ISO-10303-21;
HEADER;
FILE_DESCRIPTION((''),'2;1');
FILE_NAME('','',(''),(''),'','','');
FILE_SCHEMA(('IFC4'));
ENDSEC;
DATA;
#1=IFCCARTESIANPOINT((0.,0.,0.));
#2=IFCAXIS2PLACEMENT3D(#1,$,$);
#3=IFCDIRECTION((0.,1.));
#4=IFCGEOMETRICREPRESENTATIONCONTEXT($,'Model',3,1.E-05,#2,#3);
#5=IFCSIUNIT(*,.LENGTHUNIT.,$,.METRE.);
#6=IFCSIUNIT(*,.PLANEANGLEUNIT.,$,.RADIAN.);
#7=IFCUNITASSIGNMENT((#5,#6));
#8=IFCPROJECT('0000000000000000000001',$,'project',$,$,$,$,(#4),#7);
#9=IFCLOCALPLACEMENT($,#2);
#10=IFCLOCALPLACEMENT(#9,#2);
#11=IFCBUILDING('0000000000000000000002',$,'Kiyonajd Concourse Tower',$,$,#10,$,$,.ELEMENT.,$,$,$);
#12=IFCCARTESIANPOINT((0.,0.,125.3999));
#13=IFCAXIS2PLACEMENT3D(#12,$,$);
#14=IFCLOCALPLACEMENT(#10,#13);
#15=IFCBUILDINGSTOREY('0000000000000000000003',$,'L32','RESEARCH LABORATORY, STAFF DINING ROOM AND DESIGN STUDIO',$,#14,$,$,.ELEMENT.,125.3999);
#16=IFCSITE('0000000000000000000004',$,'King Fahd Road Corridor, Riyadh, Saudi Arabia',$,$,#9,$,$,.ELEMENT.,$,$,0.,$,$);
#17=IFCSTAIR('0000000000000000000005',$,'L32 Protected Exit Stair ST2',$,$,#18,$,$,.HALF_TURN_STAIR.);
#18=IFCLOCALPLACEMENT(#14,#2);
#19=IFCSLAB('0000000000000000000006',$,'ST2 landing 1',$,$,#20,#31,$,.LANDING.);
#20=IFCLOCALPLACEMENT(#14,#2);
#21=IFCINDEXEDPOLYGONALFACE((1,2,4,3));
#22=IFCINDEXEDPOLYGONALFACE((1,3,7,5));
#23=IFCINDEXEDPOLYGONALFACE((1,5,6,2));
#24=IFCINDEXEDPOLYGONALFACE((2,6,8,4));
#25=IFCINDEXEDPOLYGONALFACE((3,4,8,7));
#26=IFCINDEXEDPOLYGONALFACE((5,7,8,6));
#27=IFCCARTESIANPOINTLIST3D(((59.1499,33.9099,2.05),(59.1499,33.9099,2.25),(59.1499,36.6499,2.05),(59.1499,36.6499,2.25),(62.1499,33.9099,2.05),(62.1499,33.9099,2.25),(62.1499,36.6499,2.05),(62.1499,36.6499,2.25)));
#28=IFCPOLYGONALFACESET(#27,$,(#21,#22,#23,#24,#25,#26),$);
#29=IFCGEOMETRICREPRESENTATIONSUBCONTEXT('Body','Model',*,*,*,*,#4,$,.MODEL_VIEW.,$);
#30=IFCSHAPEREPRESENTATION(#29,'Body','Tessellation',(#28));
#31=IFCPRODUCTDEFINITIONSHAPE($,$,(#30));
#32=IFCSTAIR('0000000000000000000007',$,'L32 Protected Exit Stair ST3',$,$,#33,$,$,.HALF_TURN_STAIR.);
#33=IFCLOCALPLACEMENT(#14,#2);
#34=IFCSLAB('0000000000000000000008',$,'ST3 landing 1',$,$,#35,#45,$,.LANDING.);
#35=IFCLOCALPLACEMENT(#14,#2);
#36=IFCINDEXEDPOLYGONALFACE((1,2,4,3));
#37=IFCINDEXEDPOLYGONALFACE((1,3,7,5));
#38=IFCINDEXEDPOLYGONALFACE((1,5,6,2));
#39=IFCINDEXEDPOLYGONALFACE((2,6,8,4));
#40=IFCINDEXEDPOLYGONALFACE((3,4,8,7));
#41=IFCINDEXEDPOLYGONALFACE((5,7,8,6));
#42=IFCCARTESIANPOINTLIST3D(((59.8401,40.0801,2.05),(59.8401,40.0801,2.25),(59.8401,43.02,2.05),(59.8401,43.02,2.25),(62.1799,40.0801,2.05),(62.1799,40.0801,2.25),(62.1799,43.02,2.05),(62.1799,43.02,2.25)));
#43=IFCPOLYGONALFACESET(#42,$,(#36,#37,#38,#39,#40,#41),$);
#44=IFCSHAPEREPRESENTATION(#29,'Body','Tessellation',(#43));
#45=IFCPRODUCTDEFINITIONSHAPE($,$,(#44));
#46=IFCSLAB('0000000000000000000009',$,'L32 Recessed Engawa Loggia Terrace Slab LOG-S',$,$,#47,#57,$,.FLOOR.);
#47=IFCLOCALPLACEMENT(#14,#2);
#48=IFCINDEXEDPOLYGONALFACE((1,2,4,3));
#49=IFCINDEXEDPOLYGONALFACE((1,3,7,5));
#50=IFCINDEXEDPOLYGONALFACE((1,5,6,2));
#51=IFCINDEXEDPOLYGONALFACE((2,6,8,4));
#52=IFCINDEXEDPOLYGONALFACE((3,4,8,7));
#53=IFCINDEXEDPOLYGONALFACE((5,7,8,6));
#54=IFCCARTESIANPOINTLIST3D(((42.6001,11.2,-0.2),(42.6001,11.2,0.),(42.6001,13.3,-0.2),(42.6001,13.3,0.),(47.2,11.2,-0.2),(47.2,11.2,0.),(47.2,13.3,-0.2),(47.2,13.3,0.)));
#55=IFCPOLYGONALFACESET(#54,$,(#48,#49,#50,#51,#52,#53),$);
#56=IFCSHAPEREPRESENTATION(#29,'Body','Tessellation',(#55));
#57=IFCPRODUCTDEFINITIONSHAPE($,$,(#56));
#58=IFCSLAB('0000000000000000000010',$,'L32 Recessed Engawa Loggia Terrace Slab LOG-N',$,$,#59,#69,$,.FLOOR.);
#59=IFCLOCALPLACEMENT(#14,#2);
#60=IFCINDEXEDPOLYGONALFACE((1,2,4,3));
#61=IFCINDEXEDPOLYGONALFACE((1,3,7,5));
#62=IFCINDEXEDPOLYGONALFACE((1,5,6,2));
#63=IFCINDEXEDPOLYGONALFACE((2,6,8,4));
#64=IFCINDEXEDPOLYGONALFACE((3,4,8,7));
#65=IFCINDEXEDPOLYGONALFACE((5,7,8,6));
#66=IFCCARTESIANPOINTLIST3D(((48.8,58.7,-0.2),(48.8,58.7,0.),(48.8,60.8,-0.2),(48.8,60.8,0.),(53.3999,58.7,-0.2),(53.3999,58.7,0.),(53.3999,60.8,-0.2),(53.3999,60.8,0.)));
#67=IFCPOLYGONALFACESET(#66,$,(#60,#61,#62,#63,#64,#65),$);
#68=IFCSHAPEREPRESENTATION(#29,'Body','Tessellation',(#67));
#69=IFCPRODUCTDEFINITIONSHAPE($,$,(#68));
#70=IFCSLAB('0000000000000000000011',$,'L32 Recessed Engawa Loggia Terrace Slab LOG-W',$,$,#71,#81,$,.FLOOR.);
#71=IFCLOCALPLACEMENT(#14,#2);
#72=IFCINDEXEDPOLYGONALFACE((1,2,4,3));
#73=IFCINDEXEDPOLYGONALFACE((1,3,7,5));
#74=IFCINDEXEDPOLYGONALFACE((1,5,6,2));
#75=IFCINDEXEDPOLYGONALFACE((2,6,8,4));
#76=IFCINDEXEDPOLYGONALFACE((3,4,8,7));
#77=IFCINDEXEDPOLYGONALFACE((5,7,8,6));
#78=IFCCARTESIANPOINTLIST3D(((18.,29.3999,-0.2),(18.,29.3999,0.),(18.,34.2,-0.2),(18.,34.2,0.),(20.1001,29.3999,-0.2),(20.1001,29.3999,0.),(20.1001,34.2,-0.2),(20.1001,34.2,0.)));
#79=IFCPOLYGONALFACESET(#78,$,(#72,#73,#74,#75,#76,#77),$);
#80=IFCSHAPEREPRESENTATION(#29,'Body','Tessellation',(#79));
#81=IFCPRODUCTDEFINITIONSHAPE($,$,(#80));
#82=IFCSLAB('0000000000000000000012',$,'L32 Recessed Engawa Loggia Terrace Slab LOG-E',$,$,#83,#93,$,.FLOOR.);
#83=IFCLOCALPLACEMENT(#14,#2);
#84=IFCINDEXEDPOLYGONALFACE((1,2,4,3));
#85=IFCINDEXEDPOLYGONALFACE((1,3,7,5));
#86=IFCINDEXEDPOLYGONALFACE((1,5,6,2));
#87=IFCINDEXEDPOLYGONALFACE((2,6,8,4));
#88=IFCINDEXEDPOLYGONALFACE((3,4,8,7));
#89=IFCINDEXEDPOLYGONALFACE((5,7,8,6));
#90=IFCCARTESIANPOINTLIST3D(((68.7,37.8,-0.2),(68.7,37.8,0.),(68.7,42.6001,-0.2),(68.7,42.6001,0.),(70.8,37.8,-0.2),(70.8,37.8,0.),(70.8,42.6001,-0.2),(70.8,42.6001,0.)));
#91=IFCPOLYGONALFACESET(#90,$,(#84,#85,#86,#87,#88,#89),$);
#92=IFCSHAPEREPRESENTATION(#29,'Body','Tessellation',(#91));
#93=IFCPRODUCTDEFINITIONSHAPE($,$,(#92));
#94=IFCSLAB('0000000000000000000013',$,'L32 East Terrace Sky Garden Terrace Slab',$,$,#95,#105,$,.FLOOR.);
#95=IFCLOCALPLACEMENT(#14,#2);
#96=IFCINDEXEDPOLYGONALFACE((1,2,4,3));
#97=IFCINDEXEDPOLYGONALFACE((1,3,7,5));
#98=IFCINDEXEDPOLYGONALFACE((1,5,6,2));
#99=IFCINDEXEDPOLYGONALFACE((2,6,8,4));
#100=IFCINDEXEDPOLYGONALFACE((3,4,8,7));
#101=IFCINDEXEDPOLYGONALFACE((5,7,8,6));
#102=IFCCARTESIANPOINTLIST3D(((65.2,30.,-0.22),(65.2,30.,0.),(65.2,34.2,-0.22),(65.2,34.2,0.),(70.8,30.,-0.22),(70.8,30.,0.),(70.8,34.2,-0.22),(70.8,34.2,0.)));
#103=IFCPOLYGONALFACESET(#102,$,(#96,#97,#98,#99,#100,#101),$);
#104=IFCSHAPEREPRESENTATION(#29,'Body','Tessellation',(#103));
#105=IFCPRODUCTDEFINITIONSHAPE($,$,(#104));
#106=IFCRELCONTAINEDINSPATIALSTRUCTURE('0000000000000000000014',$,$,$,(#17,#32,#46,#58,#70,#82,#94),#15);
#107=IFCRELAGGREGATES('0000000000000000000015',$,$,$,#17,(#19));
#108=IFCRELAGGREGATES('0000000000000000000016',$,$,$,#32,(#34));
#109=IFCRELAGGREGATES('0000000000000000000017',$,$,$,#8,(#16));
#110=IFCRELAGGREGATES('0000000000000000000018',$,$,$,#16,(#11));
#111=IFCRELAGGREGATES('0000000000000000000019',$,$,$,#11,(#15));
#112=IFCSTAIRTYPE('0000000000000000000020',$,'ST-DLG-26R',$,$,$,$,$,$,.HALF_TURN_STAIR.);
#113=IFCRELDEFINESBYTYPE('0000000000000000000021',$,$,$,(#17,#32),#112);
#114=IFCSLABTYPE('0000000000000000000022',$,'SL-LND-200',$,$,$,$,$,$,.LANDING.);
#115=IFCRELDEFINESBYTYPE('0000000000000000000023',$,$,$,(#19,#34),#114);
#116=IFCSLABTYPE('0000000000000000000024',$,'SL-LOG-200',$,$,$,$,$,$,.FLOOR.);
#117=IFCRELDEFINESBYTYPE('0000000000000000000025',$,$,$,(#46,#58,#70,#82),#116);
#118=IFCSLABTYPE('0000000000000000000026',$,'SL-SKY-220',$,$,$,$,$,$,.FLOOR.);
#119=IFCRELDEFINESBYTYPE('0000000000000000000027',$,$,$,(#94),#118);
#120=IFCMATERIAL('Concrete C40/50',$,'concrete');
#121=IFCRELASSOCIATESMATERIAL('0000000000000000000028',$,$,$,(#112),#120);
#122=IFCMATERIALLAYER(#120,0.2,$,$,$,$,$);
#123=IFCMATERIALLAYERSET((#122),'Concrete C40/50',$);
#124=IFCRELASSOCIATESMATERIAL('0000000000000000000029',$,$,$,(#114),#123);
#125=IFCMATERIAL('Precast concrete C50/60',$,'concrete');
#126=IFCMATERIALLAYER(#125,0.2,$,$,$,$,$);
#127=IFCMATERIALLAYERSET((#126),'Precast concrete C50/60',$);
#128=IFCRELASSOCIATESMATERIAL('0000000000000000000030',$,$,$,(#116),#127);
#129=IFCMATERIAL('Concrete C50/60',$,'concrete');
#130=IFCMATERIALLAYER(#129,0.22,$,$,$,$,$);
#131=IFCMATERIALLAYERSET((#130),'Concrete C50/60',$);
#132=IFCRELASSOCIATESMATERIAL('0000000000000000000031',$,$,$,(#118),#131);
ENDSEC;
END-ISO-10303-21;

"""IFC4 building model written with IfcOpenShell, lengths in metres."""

from ifc_helpers import new_model, si_unit, direction, frame, origin, place, context, subcontext, project, spatial, polyline, outline, extrude, material, layer, layer_set, type_object, element, aggregate, save


model = new_model("IFC4")

# Units and contexts
model_context = context("Model", 3, precision=1e-05, world=origin(), true_north=direction((0.0, 1.0)))
body_context = subcontext(model_context, "Body", "Model", "MODEL_VIEW")
ifc_project = project(units=[si_unit("LENGTHUNIT", "METRE"), si_unit("PLANEANGLEUNIT", "RADIAN")], contexts=[model_context])

# Site, building, storey
site_placement = place(None, origin())
site = spatial("IfcSite", under=ifc_project, at=site_placement, Name="King Fahd Road Corridor, Riyadh, Saudi Arabia", CompositionType="ELEMENT", RefElevation=0.0)
building_placement = place(site_placement, origin())
building = spatial("IfcBuilding", under=site, at=building_placement, Name="Kiyonajd Concourse Tower", CompositionType="ELEMENT")
storey_placement = place(building_placement, frame((0.0, 0.0, 125.3999)))
storey = spatial("IfcBuildingStorey", under=building, at=storey_placement, Name="L32", Description="RESEARCH LABORATORY, STAFF DINING ROOM AND DESIGN STUDIO", CompositionType="ELEMENT", Elevation=125.3999)

# Shared definitions
ifc_material_1 = material(Name="Precast concrete C50/60", Category="concrete")

# Stairs, slabs
ifc_material_2 = material(Name="Concrete C40/50", Category="concrete")
stair_type = type_object("IfcStairType", Name="ST-DLG-26R", PredefinedType="HALF_TURN_STAIR", material=ifc_material_2)
ifc_layer_1 = layer(ifc_material_2, 0.2)
ifc_layer_set_1 = layer_set([ifc_layer_1], Name="Concrete C40/50")
slab_type_1 = type_object("IfcSlabType", Name="SL-LND-200", PredefinedType="LANDING", material=ifc_layer_set_1)
stair_1_placement = place(storey_placement, origin())
stair_1 = element("IfcStair", 1, at=stair_1_placement, inside=storey, type_object=stair_type, Name="L32 Protected Exit Stair ST2", PredefinedType="HALF_TURN_STAIR")
slab_1_placement = place(storey_placement, frame((0.0, 0.0, 2.05)))
slab_1 = element("IfcSlab", 2, at=slab_1_placement, type_object=slab_type_1, Name="ST2 landing 1", PredefinedType="LANDING", context=body_context, shape_type="SweptSolid", body=[
    extrude(outline(polyline([(62.1499, 33.9099), (62.1499, 36.6499), (59.1499, 36.6499), (59.1499, 33.9099), (62.1499, 33.9099)])), origin(), (0.0, 0.0, 1.0), 0.2),
])
aggregate(stair_1, [slab_1])
stair_2_placement = place(storey_placement, origin())
stair_2 = element("IfcStair", 3, at=stair_2_placement, inside=storey, type_object=stair_type, Name="L32 Protected Exit Stair ST3", PredefinedType="HALF_TURN_STAIR")
slab_2_placement = place(storey_placement, frame((0.0, 0.0, 2.05)))
slab_2 = element("IfcSlab", 4, at=slab_2_placement, type_object=slab_type_1, Name="ST3 landing 1", PredefinedType="LANDING", context=body_context, shape_type="SweptSolid", body=[
    extrude(outline(polyline([(59.8401, 40.0801), (62.1799, 40.0801), (62.1799, 43.02), (59.8401, 43.02), (59.8401, 40.0801)])), origin(), (0.0, 0.0, 1.0), 0.2),
])
aggregate(stair_2, [slab_2])

# Slabs
ifc_layer_2 = layer(ifc_material_1, 0.2)
ifc_layer_set_2 = layer_set([ifc_layer_2], Name="Precast concrete C50/60")
slab_type_2 = type_object("IfcSlabType", Name="SL-LOG-200", PredefinedType="FLOOR", material=ifc_layer_set_2)
slab_3_placement = place(storey_placement, frame((0.0, 0.0, -0.2)))
element("IfcSlab", 5, at=slab_3_placement, inside=storey, type_object=slab_type_2, Name="L32 Recessed Engawa Loggia Terrace Slab LOG-S", PredefinedType="FLOOR", context=body_context, shape_type="SweptSolid", body=[
    extrude(outline(polyline([(42.6001, 11.2), (47.2, 11.2), (47.2, 13.3), (42.6001, 13.3), (42.6001, 11.2)])), origin(), (0.0, 0.0, 1.0), 0.2),
])
slab_4_placement = place(storey_placement, frame((0.0, 0.0, -0.2)))
element("IfcSlab", 6, at=slab_4_placement, inside=storey, type_object=slab_type_2, Name="L32 Recessed Engawa Loggia Terrace Slab LOG-N", PredefinedType="FLOOR", context=body_context, shape_type="SweptSolid", body=[
    extrude(outline(polyline([(48.8, 58.7), (53.3999, 58.7), (53.3999, 60.8), (48.8, 60.8), (48.8, 58.7)])), origin(), (0.0, 0.0, 1.0), 0.2),
])
slab_5_placement = place(storey_placement, frame((0.0, 0.0, -0.2)))
element("IfcSlab", 7, at=slab_5_placement, inside=storey, type_object=slab_type_2, Name="L32 Recessed Engawa Loggia Terrace Slab LOG-W", PredefinedType="FLOOR", context=body_context, shape_type="SweptSolid", body=[
    extrude(outline(polyline([(18.0, 29.3999), (20.1001, 29.3999), (20.1001, 34.2), (18.0, 34.2), (18.0, 29.3999)])), origin(), (0.0, 0.0, 1.0), 0.2),
])
slab_6_placement = place(storey_placement, frame((0.0, 0.0, -0.2)))
element("IfcSlab", 8, at=slab_6_placement, inside=storey, type_object=slab_type_2, Name="L32 Recessed Engawa Loggia Terrace Slab LOG-E", PredefinedType="FLOOR", context=body_context, shape_type="SweptSolid", body=[
    extrude(outline(polyline([(68.7, 37.8), (70.8, 37.8), (70.8, 42.6001), (68.7, 42.6001), (68.7, 37.8)])), origin(), (0.0, 0.0, 1.0), 0.2),
])
ifc_material_3 = material(Name="Concrete C50/60", Category="concrete")
ifc_layer_3 = layer(ifc_material_3, 0.22)
ifc_layer_set_3 = layer_set([ifc_layer_3], Name="Concrete C50/60")
slab_type_3 = type_object("IfcSlabType", Name="SL-SKY-220", PredefinedType="FLOOR", material=ifc_layer_set_3)
slab_7_placement = place(storey_placement, frame((0.0, 0.0, -0.22)))
element("IfcSlab", 9, at=slab_7_placement, inside=storey, type_object=slab_type_3, Name="L32 East Terrace Sky Garden Terrace Slab", PredefinedType="FLOOR", context=body_context, shape_type="SweptSolid", body=[
    extrude(outline(polyline([(65.2, 30.0), (70.8, 30.0), (70.8, 34.2), (65.2, 34.2), (65.2, 30.0)])), origin(), (0.0, 0.0, 1.0), 0.22),
])

save(model, "model.ifc")
